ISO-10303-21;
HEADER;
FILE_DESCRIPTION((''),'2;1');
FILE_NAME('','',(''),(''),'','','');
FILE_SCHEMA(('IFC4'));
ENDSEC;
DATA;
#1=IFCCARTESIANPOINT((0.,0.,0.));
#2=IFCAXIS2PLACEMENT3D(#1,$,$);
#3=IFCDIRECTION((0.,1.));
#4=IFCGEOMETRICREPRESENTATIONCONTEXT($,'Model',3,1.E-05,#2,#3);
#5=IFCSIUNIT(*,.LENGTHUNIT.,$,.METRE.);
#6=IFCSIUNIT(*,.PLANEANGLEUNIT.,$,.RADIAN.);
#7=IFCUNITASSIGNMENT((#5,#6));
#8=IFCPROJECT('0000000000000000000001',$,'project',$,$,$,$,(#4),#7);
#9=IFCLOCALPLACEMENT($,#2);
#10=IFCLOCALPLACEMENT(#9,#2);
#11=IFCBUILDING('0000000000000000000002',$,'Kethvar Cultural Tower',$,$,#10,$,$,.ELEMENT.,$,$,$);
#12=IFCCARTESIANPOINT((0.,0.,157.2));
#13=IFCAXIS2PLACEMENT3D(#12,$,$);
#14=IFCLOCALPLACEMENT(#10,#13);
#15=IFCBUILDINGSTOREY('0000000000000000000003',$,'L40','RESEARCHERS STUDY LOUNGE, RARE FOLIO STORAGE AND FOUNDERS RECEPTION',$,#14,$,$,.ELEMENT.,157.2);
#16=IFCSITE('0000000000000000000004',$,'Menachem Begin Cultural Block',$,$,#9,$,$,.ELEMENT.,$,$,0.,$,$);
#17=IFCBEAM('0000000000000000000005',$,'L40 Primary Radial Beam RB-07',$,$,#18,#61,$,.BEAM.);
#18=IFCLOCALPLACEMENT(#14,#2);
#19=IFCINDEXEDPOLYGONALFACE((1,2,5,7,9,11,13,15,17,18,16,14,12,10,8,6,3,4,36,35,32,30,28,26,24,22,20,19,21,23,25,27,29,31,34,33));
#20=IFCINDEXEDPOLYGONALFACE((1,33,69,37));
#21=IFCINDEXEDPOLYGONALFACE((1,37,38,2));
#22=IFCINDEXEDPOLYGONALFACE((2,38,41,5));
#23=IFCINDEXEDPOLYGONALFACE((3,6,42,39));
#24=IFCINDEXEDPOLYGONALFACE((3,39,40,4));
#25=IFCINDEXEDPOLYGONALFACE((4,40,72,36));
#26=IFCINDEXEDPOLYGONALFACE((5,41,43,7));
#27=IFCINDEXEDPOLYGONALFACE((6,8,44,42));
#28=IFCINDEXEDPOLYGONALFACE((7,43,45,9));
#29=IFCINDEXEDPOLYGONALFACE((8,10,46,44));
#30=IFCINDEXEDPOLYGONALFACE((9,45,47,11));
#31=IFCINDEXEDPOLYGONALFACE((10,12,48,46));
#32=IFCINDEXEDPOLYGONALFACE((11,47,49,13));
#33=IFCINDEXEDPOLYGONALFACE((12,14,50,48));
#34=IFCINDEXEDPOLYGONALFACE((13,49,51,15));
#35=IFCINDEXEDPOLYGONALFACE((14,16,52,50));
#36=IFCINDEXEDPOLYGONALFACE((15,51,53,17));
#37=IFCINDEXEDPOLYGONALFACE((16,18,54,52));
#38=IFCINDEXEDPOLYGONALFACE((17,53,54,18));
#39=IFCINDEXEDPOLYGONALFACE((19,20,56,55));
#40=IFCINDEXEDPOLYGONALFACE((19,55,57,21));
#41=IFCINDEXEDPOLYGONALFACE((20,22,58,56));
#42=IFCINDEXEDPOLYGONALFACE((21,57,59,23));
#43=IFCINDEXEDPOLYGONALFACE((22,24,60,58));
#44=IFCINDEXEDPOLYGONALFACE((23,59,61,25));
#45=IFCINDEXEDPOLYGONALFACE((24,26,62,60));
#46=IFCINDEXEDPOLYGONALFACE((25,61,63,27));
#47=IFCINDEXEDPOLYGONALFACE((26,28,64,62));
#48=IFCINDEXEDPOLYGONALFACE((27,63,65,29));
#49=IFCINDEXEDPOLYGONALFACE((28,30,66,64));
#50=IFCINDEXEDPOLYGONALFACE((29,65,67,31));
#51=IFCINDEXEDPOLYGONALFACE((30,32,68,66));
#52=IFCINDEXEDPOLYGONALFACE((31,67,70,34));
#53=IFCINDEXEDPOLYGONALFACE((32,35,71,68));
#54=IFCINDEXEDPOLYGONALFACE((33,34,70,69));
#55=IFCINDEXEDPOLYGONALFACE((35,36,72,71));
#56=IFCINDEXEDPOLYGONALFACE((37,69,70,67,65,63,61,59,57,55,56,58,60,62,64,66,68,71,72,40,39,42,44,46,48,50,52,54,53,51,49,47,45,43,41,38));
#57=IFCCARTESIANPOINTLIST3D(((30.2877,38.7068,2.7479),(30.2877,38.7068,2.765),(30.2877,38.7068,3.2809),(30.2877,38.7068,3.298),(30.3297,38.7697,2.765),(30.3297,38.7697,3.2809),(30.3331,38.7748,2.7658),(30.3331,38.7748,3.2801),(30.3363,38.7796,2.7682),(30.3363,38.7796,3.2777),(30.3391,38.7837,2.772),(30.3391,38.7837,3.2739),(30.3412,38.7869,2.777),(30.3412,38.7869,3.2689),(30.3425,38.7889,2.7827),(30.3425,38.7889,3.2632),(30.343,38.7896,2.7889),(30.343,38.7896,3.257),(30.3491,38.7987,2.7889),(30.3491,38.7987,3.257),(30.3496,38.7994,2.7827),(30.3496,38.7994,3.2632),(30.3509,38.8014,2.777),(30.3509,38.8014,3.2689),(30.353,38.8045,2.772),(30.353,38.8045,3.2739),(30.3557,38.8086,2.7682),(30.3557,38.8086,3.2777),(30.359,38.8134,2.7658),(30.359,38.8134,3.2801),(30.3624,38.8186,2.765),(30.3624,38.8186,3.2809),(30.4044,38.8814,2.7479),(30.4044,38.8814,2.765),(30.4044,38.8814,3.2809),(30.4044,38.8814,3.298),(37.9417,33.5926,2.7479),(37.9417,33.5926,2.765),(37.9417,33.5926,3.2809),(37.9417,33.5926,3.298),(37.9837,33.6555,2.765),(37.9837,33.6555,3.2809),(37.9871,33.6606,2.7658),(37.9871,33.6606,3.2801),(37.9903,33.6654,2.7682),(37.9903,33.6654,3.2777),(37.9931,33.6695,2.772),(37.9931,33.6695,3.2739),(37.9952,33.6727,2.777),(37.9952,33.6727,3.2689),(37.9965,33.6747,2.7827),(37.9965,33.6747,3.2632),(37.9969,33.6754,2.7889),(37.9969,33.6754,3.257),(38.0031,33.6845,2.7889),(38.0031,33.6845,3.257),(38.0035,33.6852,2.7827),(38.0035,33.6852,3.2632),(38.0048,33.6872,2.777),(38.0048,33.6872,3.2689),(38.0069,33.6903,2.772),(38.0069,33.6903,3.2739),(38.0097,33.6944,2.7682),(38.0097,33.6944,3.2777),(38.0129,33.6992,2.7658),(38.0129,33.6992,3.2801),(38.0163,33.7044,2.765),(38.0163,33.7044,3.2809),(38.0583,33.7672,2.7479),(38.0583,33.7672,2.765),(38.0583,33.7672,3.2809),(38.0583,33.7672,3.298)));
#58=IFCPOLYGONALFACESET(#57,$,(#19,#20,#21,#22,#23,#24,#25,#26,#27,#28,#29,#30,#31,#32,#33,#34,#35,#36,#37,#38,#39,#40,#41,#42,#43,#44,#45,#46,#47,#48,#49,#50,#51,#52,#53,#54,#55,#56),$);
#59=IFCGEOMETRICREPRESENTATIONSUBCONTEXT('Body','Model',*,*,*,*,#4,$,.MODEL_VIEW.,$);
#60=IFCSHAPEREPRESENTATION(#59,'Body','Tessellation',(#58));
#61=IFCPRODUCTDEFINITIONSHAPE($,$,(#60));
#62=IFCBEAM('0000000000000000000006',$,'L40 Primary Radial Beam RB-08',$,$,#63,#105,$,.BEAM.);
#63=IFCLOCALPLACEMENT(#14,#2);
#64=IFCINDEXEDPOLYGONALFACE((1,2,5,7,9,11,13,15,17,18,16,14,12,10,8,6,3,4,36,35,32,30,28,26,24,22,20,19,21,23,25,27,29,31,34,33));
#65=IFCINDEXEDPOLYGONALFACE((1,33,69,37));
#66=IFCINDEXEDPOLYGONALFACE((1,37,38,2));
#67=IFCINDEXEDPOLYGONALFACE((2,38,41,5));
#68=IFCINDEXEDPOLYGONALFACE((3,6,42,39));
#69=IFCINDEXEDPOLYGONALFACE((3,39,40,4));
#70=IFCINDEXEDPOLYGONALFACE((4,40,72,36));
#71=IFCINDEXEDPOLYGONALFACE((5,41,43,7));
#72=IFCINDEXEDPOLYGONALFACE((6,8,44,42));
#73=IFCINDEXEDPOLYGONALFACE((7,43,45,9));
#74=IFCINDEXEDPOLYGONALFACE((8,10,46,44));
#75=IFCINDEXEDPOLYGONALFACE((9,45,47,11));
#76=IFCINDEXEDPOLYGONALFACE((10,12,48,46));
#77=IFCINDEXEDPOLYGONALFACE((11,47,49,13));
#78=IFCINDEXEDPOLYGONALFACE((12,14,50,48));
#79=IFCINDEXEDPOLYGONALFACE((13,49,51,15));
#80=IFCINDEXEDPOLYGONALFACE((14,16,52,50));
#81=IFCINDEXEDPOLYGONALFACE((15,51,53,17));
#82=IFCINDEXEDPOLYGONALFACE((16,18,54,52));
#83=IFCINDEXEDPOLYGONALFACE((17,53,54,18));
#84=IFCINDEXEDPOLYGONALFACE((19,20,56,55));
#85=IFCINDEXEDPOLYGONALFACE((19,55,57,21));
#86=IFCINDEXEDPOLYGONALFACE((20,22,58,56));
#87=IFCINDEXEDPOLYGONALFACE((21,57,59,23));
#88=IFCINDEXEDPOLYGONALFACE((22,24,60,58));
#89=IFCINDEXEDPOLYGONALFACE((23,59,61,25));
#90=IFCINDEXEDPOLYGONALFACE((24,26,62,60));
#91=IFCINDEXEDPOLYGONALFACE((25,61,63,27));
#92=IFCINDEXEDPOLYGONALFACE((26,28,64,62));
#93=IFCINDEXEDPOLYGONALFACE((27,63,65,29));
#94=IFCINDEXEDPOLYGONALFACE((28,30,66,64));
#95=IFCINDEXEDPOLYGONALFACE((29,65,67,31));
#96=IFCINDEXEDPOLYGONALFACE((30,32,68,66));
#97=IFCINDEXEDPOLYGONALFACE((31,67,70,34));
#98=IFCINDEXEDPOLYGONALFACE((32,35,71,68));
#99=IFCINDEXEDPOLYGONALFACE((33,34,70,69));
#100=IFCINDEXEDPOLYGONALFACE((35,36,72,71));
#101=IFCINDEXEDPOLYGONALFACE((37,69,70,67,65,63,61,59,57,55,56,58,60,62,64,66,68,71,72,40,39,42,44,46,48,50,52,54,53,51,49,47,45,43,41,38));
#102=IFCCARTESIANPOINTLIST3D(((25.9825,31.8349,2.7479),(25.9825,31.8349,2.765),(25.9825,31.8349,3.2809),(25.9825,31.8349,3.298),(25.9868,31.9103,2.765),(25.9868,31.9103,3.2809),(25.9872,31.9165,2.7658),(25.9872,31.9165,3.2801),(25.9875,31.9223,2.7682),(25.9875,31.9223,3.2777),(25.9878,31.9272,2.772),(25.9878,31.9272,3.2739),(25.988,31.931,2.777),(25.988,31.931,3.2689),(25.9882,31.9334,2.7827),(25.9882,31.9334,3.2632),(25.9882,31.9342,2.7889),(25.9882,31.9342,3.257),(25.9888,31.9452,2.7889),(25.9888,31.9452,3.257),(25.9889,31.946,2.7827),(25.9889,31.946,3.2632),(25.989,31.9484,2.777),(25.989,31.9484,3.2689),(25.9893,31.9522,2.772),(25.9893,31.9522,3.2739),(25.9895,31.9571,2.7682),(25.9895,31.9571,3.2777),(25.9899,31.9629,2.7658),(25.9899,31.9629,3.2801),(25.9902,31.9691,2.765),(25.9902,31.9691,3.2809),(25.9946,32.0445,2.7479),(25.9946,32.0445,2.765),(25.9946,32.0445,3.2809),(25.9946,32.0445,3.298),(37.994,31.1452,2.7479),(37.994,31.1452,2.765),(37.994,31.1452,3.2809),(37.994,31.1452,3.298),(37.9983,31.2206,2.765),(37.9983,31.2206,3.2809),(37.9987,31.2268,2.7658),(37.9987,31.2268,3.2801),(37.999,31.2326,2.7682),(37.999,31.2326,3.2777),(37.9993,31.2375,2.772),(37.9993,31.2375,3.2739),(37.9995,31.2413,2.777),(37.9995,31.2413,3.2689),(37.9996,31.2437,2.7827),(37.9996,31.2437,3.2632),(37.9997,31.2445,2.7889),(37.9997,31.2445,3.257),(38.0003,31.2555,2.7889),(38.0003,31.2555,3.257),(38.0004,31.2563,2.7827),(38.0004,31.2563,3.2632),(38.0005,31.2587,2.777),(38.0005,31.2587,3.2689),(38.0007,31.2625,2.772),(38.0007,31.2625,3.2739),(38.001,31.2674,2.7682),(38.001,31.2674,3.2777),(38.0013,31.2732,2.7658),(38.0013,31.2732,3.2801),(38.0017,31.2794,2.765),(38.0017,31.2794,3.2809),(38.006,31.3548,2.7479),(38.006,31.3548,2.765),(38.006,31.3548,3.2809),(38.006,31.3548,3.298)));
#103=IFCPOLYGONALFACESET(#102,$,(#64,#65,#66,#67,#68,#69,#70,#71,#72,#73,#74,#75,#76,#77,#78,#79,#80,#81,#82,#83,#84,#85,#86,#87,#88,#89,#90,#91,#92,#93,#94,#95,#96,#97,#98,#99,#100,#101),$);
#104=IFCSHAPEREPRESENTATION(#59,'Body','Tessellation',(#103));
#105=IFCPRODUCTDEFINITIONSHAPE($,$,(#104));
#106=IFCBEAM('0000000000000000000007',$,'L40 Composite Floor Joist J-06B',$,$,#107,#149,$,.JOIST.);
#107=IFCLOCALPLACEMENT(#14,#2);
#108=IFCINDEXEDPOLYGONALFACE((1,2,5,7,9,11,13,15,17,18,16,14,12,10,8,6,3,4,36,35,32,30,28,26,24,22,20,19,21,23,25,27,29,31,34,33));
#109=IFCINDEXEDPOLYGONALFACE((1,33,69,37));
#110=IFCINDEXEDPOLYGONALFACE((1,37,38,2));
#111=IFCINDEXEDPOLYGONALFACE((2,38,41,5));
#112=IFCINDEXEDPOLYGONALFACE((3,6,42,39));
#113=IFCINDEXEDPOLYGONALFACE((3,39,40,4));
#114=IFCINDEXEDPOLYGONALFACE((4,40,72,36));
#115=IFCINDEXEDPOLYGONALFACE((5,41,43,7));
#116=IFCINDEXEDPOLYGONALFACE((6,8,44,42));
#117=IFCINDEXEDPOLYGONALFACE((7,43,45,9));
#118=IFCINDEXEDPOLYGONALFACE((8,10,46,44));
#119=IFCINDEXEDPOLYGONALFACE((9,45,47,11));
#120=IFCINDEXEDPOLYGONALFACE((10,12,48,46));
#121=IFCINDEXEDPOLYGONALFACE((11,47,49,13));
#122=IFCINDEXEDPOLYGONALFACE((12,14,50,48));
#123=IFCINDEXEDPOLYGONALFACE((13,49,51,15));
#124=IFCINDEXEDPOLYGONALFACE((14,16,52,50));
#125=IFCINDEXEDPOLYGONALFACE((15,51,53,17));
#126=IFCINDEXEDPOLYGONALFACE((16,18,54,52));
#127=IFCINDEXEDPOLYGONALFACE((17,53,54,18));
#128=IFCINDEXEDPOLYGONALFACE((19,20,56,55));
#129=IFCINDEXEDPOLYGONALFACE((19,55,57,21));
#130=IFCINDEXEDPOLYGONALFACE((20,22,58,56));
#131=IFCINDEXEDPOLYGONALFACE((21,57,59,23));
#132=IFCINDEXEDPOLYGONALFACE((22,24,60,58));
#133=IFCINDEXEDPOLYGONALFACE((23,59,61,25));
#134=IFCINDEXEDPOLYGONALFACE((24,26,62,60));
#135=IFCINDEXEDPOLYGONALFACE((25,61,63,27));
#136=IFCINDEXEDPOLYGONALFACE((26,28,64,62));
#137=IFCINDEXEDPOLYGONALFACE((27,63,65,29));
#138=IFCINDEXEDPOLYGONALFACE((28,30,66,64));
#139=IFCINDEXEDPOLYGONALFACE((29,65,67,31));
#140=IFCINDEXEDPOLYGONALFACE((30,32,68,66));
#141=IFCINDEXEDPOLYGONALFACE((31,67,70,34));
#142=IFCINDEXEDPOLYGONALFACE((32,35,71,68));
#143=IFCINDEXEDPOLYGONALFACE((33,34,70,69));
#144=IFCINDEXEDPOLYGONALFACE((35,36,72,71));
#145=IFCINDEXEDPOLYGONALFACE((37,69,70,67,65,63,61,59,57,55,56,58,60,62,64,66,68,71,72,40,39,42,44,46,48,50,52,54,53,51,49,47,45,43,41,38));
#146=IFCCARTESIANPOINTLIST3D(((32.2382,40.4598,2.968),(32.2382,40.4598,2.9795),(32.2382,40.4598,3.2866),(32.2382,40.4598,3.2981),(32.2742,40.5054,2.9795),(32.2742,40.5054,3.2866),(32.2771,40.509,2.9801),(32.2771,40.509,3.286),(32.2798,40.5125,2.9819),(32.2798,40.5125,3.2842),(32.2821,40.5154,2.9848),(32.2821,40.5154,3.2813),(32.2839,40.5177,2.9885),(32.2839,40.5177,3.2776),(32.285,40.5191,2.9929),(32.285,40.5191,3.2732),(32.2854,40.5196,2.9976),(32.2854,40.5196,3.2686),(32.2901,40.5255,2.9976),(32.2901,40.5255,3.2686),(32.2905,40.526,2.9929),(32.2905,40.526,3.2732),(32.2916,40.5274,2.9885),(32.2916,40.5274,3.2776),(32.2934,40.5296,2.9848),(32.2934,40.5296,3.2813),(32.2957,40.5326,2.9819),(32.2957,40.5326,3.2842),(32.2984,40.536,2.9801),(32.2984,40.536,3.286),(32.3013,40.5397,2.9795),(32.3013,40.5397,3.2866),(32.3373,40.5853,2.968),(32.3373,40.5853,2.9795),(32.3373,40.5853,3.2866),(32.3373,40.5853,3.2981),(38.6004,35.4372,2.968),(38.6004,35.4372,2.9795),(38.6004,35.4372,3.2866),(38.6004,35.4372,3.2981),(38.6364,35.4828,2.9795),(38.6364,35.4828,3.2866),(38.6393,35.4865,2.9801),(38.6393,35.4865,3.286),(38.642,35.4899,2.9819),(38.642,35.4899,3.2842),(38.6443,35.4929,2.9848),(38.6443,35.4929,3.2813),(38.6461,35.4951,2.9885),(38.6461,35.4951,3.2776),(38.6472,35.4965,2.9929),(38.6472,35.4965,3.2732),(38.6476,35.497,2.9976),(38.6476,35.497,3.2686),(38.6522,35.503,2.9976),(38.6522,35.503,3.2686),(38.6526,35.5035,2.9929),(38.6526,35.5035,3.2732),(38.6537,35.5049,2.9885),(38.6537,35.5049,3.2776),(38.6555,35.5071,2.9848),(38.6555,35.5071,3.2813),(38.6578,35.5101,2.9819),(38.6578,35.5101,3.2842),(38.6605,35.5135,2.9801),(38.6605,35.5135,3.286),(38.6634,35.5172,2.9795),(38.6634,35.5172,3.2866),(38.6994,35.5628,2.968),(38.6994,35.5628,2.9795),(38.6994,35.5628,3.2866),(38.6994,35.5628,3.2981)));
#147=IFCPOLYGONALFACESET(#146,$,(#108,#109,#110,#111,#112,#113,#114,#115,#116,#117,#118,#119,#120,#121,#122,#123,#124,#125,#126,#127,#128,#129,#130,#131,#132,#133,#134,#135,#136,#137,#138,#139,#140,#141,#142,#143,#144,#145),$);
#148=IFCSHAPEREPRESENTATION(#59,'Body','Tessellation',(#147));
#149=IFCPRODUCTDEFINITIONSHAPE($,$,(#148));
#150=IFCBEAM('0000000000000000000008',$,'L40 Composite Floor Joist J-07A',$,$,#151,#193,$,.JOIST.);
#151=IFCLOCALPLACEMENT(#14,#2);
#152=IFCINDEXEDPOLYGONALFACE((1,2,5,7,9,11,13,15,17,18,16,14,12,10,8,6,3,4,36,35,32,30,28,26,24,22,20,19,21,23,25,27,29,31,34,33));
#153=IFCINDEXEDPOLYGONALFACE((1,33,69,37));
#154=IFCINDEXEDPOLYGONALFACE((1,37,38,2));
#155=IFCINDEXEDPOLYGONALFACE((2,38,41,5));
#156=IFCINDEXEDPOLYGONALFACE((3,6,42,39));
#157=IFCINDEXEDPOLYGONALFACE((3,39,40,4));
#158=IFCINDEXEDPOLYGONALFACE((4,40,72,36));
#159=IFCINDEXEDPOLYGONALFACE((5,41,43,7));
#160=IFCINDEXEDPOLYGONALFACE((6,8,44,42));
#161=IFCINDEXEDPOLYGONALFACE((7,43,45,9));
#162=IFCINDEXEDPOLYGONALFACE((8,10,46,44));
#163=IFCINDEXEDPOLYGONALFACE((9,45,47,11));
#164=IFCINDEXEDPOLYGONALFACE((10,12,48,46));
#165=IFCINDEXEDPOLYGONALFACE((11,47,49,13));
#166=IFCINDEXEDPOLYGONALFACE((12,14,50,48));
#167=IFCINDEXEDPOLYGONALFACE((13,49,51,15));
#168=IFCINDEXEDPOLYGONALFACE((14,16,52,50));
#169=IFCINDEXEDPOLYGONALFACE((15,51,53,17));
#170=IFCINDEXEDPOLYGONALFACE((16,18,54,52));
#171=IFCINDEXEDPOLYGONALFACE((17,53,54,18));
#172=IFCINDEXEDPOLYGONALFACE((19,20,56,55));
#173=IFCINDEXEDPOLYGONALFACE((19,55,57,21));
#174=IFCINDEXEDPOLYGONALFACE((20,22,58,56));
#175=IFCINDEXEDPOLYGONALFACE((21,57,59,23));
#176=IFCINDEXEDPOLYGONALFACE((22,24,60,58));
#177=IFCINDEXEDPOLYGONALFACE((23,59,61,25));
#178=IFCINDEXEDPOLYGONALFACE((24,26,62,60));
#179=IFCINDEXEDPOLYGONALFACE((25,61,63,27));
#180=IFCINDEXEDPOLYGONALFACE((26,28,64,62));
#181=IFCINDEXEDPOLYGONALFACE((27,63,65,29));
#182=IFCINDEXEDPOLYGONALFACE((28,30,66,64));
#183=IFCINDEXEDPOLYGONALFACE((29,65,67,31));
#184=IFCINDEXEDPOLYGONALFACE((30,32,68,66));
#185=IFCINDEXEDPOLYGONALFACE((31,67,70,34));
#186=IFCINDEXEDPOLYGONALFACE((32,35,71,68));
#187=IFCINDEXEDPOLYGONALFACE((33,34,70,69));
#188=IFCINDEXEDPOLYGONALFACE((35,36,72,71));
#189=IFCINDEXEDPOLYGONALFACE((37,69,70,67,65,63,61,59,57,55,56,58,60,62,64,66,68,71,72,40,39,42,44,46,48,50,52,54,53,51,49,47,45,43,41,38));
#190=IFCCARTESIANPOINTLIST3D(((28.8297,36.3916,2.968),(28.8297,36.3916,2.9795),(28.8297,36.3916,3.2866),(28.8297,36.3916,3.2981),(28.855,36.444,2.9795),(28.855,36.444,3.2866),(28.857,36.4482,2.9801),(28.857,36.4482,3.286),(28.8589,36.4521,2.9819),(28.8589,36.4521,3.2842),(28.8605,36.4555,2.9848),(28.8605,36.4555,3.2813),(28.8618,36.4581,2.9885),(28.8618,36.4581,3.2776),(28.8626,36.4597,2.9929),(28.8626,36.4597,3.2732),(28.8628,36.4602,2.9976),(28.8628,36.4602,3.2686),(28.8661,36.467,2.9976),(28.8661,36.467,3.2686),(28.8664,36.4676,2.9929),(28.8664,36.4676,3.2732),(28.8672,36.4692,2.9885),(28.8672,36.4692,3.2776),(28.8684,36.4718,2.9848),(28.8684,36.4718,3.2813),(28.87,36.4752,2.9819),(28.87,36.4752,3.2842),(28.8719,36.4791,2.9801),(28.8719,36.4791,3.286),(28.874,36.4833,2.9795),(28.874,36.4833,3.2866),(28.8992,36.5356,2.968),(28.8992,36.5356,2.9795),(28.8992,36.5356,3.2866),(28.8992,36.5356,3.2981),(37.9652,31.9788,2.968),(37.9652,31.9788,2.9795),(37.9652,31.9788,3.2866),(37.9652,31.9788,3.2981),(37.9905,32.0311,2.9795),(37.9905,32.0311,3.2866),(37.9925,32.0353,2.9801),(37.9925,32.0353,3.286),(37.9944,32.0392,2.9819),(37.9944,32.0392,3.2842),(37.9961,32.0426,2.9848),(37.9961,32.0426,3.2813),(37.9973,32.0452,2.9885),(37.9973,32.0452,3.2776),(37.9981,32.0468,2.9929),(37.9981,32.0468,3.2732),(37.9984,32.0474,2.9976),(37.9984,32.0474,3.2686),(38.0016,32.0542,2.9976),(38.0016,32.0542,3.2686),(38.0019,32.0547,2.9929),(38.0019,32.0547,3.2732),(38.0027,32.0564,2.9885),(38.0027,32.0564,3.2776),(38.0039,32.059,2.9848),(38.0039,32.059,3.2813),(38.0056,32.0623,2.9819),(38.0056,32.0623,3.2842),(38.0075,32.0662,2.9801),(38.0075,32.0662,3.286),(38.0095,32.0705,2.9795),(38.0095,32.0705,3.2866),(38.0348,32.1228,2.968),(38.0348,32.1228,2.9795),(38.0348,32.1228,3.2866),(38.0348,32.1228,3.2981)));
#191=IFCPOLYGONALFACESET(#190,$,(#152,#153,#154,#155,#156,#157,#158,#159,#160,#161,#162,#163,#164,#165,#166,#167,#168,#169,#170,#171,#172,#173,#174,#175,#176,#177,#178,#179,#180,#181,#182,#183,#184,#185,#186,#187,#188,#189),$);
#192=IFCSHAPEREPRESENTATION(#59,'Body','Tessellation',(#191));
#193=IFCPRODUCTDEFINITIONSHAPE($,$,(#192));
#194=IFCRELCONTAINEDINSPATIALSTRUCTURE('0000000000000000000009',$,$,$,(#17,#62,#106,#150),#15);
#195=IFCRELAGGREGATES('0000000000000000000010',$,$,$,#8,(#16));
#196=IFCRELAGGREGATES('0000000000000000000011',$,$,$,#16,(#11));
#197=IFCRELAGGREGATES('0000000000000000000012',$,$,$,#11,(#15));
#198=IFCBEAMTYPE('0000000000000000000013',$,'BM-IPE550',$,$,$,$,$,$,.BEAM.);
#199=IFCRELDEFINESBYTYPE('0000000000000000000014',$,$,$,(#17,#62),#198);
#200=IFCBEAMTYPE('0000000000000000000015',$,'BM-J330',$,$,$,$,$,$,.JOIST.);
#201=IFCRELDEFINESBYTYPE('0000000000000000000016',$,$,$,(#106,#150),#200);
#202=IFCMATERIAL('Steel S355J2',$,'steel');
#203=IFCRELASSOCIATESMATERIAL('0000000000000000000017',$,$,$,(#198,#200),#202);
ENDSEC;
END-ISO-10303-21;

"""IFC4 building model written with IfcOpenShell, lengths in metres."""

from ifc_helpers import new_model, si_unit, direction, frame, origin, origin_2d, place, context, subcontext, project, spatial, i_section, extrude, source, transform, mapped, material, material_profile, profile_set, type_object, element, save


model = new_model("IFC4")

# Units and contexts
model_context = context("Model", 3, precision=1e-05, world=origin(), true_north=direction((0.0, 1.0)))
body_context = subcontext(model_context, "Body", "Model", "MODEL_VIEW")
ifc_project = project(units=[si_unit("LENGTHUNIT", "METRE"), si_unit("PLANEANGLEUNIT", "RADIAN")], contexts=[model_context])

# Site, building, storey
site_placement = place(None, origin())
site = spatial("IfcSite", under=ifc_project, at=site_placement, Name="Menachem Begin Cultural Block", CompositionType="ELEMENT", RefElevation=0.0)
building_placement = place(site_placement, origin())
building = spatial("IfcBuilding", under=site, at=building_placement, Name="Kethvar Cultural Tower", CompositionType="ELEMENT")
storey_placement = place(building_placement, frame((0.0, 0.0, 157.2)))
storey = spatial("IfcBuildingStorey", under=building, at=storey_placement, Name="L40", Description="RESEARCHERS STUDY LOUNGE, RARE FOLIO STORAGE AND FOUNDERS RECEPTION", CompositionType="ELEMENT", Elevation=157.2)

# Beams
ifc_material_1 = material(Name="Steel S355J2", Category="steel")
ifc_material_profile_1 = material_profile(ifc_material_1, i_section(OverallWidth=0.21, OverallDepth=0.55, WebThickness=0.011, FlangeThickness=0.0171, FilletRadius=0.0239, at=origin_2d()), Name="Steel S355J2 — IPE550")
ifc_profile_set_1 = profile_set([ifc_material_profile_1], Name="Steel S355J2 — IPE550")
beam_type_1 = type_object("IfcBeamType", Name="BM-IPE550", PredefinedType="BEAM", material=ifc_profile_set_1)
shared_shape_1 = source(origin(), body_context, "Body", "SweptSolid", [
    extrude(i_section(OverallWidth=0.21, OverallDepth=0.55, WebThickness=0.011, FlangeThickness=0.0171, FilletRadius=0.0239, at=origin_2d()), origin(), (0.0, 0.0, 1.0), 9.2053),
])
beam_1_placement = place(storey_placement, frame((38.0, 33.6799, 3.0229), z_axis=(-0.83147, 0.555569, 0.0), x_axis=(-0.555569, -0.83147, 0.0)))
element("IfcBeam", 1, at=beam_1_placement, inside=storey, type_object=beam_type_1, Name="L40 Primary Radial Beam RB-07", PredefinedType="BEAM", context=body_context, shape_type="MappedRepresentation", body=[
    mapped(shared_shape_1, transform((0.0, 0.0, 0.0), scale=1.0)),
])
shared_shape_2 = source(origin(), body_context, "Body", "SweptSolid", [
    extrude(i_section(OverallWidth=0.21, OverallDepth=0.55, WebThickness=0.011, FlangeThickness=0.0171, FilletRadius=0.0239, at=origin_2d()), origin(), (0.0, 0.0, 1.0), 12.0312),
])
beam_2_placement = place(storey_placement, frame((38.0, 31.25, 3.0229), z_axis=(-0.998356, 0.057325, 0.0), x_axis=(-0.057325, -0.998356, 0.0)))
element("IfcBeam", 2, at=beam_2_placement, inside=storey, type_object=beam_type_1, Name="L40 Primary Radial Beam RB-08", PredefinedType="BEAM", context=body_context, shape_type="MappedRepresentation", body=[
    mapped(shared_shape_2, transform((0.0, 0.0, 0.0), scale=1.0)),
])
ifc_material_profile_2 = material_profile(ifc_material_1, i_section(OverallWidth=0.1599, OverallDepth=0.3301, WebThickness=0.0076, FlangeThickness=0.0115, FilletRadius=0.0181, at=origin_2d()), Name="Steel S355J2 — IPE330")
ifc_profile_set_2 = profile_set([ifc_material_profile_2], Name="Steel S355J2 — IPE330")
beam_type_2 = type_object("IfcBeamType", Name="BM-J330", PredefinedType="JOIST", material=ifc_profile_set_2)
shared_shape_3 = source(origin(), body_context, "Body", "SweptSolid", [
    extrude(i_section(OverallWidth=0.1599, OverallDepth=0.3301, WebThickness=0.0076, FlangeThickness=0.0115, FilletRadius=0.0181, at=origin_2d()), origin(), (0.0, 0.0, 1.0), 8.1057),
])
beam_3_placement = place(storey_placement, frame((38.6499, 35.5, 3.1331), z_axis=(-0.784896, 0.619628, 0.0), x_axis=(-0.619628, -0.784896, 0.0)))
element("IfcBeam", 3, at=beam_3_placement, inside=storey, type_object=beam_type_2, Name="L40 Composite Floor Joist J-06B", PredefinedType="JOIST", context=body_context, shape_type="MappedRepresentation", body=[
    mapped(shared_shape_3, transform((0.0, 0.0, 0.0), scale=1.0)),
])
shared_shape_4 = source(origin(), body_context, "Body", "SweptSolid", [
    extrude(i_section(OverallWidth=0.1599, OverallDepth=0.3301, WebThickness=0.0076, FlangeThickness=0.0115, FilletRadius=0.0181, at=origin_2d()), origin(), (0.0, 0.0, 1.0), 10.1455),
])
beam_4_placement = place(storey_placement, frame((38.0, 32.0508, 3.1331), z_axis=(-0.900451, 0.434957, 0.0), x_axis=(-0.434957, -0.900451, 0.0)))
element("IfcBeam", 4, at=beam_4_placement, inside=storey, type_object=beam_type_2, Name="L40 Composite Floor Joist J-07A", PredefinedType="JOIST", context=body_context, shape_type="MappedRepresentation", body=[
    mapped(shared_shape_4, transform((0.0, 0.0, 0.0), scale=1.0)),
])

save(model, "model.ifc")
